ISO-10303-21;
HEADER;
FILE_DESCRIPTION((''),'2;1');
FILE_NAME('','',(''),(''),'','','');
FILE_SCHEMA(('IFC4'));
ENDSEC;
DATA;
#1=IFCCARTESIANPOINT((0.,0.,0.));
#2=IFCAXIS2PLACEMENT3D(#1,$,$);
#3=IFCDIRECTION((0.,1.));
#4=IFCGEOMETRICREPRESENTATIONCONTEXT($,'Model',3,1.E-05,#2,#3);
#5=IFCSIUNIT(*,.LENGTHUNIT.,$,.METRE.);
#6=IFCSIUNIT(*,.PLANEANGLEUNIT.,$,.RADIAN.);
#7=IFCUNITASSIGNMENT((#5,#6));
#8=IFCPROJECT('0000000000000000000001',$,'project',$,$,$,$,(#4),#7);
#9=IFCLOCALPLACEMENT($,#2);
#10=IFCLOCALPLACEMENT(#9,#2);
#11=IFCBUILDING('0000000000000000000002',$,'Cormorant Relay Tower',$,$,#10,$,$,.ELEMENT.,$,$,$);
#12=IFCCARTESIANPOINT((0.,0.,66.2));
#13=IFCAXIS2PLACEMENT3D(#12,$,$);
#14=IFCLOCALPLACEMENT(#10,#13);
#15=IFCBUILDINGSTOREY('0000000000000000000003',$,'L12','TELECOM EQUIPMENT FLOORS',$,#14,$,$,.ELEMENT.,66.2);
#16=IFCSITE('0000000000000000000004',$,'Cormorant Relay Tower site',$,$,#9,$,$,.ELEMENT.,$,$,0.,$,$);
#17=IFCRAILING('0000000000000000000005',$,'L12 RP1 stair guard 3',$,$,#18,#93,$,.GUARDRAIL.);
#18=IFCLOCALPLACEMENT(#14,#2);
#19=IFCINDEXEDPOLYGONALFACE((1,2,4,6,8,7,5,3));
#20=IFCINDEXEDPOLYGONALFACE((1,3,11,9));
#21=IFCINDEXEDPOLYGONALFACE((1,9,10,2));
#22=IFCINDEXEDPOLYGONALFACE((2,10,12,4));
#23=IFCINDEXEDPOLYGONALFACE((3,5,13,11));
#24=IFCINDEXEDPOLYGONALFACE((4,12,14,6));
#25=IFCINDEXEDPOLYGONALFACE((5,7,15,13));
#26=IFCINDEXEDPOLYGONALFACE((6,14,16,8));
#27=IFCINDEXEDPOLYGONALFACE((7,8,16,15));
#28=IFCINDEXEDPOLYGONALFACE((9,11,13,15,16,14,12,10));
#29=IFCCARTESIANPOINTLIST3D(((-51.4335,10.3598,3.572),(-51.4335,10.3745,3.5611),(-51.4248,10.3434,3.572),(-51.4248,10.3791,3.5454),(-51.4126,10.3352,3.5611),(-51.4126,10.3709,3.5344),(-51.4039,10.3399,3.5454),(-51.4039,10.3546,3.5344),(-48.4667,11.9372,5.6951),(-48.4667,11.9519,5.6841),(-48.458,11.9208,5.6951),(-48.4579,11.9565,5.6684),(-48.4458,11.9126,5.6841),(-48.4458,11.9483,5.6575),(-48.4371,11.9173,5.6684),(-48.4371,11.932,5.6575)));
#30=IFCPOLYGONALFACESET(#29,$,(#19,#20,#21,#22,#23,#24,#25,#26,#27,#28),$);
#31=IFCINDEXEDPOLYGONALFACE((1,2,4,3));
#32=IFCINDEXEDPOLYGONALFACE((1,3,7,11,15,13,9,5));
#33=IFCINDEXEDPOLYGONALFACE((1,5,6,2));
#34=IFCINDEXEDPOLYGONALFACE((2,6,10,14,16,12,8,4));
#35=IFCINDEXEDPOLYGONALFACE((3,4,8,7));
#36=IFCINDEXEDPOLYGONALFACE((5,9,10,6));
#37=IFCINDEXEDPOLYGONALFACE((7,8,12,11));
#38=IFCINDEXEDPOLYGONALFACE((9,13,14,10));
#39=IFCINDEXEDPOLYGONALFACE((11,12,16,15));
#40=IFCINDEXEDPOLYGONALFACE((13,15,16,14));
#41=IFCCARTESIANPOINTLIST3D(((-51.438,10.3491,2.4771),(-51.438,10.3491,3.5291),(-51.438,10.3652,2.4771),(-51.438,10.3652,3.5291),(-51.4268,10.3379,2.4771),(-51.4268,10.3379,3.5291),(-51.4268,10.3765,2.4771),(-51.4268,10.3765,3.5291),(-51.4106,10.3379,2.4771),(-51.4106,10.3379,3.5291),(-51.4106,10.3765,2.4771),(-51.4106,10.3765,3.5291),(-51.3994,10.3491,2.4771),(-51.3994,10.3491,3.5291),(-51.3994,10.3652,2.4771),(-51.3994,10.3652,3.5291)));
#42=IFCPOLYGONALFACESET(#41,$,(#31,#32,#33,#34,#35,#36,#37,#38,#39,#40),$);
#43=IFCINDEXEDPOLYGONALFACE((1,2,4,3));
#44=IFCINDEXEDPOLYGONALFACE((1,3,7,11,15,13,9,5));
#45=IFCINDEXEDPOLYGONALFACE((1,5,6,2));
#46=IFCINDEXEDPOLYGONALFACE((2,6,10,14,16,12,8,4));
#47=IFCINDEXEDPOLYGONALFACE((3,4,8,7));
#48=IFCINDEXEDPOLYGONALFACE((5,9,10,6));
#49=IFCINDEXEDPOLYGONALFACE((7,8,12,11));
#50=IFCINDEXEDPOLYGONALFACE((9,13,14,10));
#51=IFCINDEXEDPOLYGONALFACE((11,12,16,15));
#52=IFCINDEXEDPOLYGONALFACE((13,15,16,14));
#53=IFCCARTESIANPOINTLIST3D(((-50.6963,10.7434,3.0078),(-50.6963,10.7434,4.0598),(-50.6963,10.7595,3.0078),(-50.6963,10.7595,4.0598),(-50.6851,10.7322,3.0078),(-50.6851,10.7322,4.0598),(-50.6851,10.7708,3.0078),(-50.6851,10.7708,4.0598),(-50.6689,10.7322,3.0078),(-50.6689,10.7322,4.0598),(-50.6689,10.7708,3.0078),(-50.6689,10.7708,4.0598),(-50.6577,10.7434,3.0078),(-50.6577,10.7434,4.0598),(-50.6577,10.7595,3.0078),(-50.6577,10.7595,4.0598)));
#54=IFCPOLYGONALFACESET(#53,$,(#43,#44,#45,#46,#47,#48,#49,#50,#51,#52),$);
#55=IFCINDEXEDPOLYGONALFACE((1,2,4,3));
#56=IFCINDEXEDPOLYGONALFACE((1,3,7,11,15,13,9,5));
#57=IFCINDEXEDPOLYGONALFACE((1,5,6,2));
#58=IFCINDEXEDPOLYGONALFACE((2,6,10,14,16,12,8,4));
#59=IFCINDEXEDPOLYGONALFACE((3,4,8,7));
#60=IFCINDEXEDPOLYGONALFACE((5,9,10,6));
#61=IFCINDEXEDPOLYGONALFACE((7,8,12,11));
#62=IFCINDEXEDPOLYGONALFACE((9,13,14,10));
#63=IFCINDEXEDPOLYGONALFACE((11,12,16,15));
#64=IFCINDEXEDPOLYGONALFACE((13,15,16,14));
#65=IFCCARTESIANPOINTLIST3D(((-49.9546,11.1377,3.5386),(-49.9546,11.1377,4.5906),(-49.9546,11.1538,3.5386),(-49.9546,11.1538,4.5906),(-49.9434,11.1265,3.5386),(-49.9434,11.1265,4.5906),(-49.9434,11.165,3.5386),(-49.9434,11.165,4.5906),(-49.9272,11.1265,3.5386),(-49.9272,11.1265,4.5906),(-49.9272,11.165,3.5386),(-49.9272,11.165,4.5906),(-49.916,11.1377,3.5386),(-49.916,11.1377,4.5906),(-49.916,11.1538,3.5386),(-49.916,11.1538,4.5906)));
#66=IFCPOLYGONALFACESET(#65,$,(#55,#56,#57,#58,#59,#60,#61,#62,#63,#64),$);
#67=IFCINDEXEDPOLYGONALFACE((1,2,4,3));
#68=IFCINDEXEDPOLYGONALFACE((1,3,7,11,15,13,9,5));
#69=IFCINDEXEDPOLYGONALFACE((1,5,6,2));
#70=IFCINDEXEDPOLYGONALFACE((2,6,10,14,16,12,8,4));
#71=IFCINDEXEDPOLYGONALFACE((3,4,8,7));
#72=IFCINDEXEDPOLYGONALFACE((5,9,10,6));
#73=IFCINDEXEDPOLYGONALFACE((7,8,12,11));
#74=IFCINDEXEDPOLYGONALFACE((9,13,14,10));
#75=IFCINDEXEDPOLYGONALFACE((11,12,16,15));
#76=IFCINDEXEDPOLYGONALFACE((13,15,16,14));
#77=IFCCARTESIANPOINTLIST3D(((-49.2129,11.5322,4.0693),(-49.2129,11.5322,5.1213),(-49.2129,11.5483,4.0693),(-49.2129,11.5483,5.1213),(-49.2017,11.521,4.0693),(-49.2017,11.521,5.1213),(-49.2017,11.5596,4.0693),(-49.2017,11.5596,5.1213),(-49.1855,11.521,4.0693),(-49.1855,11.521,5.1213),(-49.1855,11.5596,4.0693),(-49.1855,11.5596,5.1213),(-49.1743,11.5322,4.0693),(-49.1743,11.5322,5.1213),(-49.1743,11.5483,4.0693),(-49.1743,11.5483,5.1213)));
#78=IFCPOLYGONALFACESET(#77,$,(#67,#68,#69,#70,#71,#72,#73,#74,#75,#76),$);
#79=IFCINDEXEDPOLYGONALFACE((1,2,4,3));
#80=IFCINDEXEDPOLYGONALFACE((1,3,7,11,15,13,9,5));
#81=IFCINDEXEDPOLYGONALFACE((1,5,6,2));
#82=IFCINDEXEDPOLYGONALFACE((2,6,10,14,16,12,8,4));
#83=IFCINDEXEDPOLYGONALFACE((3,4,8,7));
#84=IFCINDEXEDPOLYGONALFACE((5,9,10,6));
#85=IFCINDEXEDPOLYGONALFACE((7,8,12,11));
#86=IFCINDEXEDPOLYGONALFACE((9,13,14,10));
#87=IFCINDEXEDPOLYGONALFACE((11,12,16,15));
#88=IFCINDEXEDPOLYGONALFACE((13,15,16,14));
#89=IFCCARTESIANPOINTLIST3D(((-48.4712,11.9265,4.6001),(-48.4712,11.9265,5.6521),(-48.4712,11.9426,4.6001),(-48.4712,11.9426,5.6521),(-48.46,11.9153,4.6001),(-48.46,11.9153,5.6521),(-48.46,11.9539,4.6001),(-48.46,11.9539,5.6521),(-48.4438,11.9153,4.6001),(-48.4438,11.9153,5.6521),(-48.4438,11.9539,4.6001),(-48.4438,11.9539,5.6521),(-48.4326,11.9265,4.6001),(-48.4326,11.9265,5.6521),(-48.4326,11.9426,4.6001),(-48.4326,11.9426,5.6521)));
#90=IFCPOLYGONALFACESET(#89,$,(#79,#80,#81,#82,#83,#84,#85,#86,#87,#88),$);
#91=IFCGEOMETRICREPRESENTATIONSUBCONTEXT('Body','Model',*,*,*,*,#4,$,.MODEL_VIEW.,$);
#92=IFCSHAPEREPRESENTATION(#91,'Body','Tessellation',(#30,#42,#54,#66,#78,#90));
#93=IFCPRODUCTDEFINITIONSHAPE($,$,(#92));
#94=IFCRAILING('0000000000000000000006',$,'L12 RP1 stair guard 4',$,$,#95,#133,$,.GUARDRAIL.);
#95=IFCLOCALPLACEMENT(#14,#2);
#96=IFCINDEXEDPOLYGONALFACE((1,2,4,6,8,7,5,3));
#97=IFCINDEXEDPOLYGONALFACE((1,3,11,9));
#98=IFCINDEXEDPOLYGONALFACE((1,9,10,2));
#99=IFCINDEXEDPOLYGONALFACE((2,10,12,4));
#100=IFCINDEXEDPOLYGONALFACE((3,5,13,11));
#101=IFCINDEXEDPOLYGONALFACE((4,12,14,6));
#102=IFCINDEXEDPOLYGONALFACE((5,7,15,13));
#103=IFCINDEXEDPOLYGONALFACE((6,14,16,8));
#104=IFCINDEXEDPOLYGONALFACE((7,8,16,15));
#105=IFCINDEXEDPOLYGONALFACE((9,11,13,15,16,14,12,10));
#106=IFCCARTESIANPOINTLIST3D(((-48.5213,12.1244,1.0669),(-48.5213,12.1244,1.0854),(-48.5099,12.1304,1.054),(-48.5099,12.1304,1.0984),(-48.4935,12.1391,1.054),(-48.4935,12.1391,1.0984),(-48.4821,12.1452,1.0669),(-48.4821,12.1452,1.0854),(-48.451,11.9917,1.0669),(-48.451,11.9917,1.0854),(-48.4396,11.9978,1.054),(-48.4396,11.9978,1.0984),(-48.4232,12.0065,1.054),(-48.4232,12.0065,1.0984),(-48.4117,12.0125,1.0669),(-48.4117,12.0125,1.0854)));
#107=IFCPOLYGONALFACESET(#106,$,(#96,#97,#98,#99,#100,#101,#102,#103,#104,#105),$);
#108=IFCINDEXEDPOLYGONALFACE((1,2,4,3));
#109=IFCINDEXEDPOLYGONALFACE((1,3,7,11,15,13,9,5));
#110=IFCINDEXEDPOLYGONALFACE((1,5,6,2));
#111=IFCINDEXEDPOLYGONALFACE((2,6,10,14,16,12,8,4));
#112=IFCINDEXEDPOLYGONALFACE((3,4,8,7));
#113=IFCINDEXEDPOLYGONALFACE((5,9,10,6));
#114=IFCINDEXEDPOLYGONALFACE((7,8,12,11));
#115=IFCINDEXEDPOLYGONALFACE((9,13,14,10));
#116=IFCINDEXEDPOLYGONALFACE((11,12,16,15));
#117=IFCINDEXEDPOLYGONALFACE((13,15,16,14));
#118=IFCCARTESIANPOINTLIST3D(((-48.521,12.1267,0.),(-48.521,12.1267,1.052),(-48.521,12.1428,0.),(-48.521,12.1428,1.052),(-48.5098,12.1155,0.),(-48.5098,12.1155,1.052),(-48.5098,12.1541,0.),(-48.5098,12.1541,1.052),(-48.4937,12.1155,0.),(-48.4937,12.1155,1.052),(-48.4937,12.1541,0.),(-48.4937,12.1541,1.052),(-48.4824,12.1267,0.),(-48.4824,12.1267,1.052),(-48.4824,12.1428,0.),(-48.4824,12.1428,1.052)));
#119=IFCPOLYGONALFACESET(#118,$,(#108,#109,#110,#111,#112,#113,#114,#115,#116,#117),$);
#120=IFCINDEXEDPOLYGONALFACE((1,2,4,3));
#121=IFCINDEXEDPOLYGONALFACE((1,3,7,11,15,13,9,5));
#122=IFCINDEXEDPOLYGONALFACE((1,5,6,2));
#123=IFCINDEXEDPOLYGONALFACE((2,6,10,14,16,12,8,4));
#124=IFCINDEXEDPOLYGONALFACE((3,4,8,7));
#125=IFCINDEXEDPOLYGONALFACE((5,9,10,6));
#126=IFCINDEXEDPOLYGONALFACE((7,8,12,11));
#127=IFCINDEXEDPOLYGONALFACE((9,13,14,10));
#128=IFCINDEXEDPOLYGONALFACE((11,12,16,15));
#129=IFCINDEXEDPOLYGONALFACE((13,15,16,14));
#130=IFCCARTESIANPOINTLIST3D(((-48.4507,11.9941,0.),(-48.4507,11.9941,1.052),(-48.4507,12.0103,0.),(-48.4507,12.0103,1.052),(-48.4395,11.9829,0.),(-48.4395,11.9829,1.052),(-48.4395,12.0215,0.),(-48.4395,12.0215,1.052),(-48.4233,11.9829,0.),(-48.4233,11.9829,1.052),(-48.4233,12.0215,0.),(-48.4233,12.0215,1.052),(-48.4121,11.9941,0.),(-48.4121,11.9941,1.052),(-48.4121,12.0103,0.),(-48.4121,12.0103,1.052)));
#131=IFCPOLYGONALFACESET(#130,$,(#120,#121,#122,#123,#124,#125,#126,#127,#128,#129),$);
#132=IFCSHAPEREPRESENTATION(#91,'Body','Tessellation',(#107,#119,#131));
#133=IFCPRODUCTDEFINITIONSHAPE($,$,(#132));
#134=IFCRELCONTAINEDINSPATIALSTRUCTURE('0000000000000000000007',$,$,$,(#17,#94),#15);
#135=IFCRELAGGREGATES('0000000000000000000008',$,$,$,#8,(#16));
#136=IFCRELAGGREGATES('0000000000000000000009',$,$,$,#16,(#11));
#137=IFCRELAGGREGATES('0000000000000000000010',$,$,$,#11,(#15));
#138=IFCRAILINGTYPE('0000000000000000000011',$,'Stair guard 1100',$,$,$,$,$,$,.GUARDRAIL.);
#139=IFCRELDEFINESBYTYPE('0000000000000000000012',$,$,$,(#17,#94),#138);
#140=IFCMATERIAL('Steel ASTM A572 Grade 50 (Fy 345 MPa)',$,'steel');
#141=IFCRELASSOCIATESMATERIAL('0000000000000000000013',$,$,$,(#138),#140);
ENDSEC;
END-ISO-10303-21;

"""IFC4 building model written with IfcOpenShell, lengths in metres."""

from ifc_helpers import new_model, si_unit, direction, frame, origin, place, context, subcontext, project, spatial, polyline, outline, extrude, material, type_object, element, save


model = new_model("IFC4")

# Units and contexts
model_context = context("Model", 3, precision=1e-05, world=origin(), true_north=direction((0.0, 1.0)))
body_context = subcontext(model_context, "Body", "Model", "MODEL_VIEW")
ifc_project = project(units=[si_unit("LENGTHUNIT", "METRE"), si_unit("PLANEANGLEUNIT", "RADIAN")], contexts=[model_context])

# Site, building, storey
site_placement = place(None, origin())
site = spatial("IfcSite", under=ifc_project, at=site_placement, Name="Cormorant Relay Tower site", CompositionType="ELEMENT", RefElevation=0.0)
building_placement = place(site_placement, origin())
building = spatial("IfcBuilding", under=site, at=building_placement, Name="Cormorant Relay Tower", CompositionType="ELEMENT")
storey_placement = place(building_placement, frame((0.0, 0.0, 66.2)))
storey = spatial("IfcBuildingStorey", under=building, at=storey_placement, Name="L12", Description="TELECOM EQUIPMENT FLOORS", CompositionType="ELEMENT", Elevation=66.2)

# Railings
ifc_material_1 = material(Name="Steel ASTM A572 Grade 50 (Fy 345 MPa)", Category="steel")
railing_type_1 = type_object("IfcRailingType", Name="Stair guard 1100", PredefinedType="GUARDRAIL", material=ifc_material_1)
railing_1_placement = place(storey_placement, frame((-51.4187, 10.3572, 2.4771)))
element("IfcRailing", 1, at=railing_1_placement, inside=storey, type_object=railing_type_1, Name="L12 RP1 stair guard 3", PredefinedType="GUARDRAIL", context=body_context, shape_type="SweptSolid", body=[
    extrude(outline(polyline([(0.0222, 0.0093), (0.0093, 0.0222), (-0.0093, 0.0222), (-0.0222, 0.0093), (-0.0222, -0.0093), (-0.0093, -0.0222), (0.0093, -0.0222), (0.0222, -0.0093), (0.0222, 0.0093)])), frame((0.0, 0.0, 1.0762), z_axis=(0.746441, 0.396869, 0.534155), x_axis=(-0.469453, 0.882958, 0.0)), (0.0, 0.0, 1.0), 3.9746),
    extrude(outline(polyline([(0.0193, 0.0081), (0.0081, 0.0193), (-0.0081, 0.0193), (-0.0193, 0.0081), (-0.0193, -0.0081), (-0.0081, -0.0193), (0.0081, -0.0193), (0.0193, -0.0081), (0.0193, 0.0081)])), origin(), (0.0, 0.0, 1.0), 1.052),
    extrude(outline(polyline([(0.0193, 0.0081), (0.0081, 0.0193), (-0.0081, 0.0193), (-0.0193, 0.0081), (-0.0193, -0.0081), (-0.0081, -0.0193), (0.0081, -0.0193), (0.0193, -0.0081), (0.0193, 0.0081)])), frame((0.7417, 0.3943, 0.5308)), (0.0, 0.0, 1.0), 1.052),
    extrude(outline(polyline([(0.0193, 0.0081), (0.0081, 0.0193), (-0.0081, 0.0193), (-0.0193, 0.0081), (-0.0193, -0.0081), (-0.0081, -0.0193), (0.0081, -0.0193), (0.0193, -0.0081), (0.0193, 0.0081)])), frame((1.4834, 0.7886, 1.0615)), (0.0, 0.0, 1.0), 1.052),
    extrude(outline(polyline([(0.0193, 0.0081), (0.0081, 0.0193), (-0.0081, 0.0193), (-0.0193, 0.0081), (-0.0193, -0.0081), (-0.0081, -0.0193), (0.0081, -0.0193), (0.0193, -0.0081), (0.0193, 0.0081)])), frame((2.2251, 1.1831, 1.5923)), (0.0, 0.0, 1.0), 1.052),
    extrude(outline(polyline([(0.0193, 0.0081), (0.0081, 0.0193), (-0.0081, 0.0193), (-0.0193, 0.0081), (-0.0193, -0.0081), (-0.0081, -0.0193), (0.0081, -0.0193), (0.0193, -0.0081), (0.0193, 0.0081)])), frame((2.9668, 1.5774, 2.123)), (0.0, 0.0, 1.0), 1.052),
])
railing_2_placement = place(storey_placement, frame((-48.5017, 12.1348, 0.0)))
element("IfcRailing", 2, at=railing_2_placement, inside=storey, type_object=railing_type_1, Name="L12 RP1 stair guard 4", PredefinedType="GUARDRAIL", context=body_context, shape_type="SweptSolid", body=[
    extrude(outline(polyline([(0.0222, 0.0093), (0.0093, 0.0222), (-0.0093, 0.0222), (-0.0222, 0.0093), (-0.0222, -0.0093), (-0.0093, -0.0222), (0.0093, -0.0222), (0.0222, -0.0093), (0.0222, 0.0093)])), frame((0.0, 0.0, 1.0762), z_axis=(0.46856, -0.883431, 0.0), x_axis=(0.883431, 0.46856, 0.0)), (0.0, 0.0, 1.0), 0.1501),
    extrude(outline(polyline([(0.0193, 0.0081), (0.0081, 0.0193), (-0.0081, 0.0193), (-0.0193, 0.0081), (-0.0193, -0.0081), (-0.0081, -0.0193), (0.0081, -0.0193), (0.0193, -0.0081), (0.0193, 0.0081)])), origin(), (0.0, 0.0, 1.0), 1.052),
    extrude(outline(polyline([(0.0193, 0.0081), (0.0081, 0.0193), (-0.0081, 0.0193), (-0.0193, 0.0081), (-0.0193, -0.0081), (-0.0081, -0.0193), (0.0081, -0.0193), (0.0193, -0.0081), (0.0193, 0.0081)])), frame((0.0703, -0.1326, 0.0)), (0.0, 0.0, 1.0), 1.052),
])

save(model, "model.ifc")
